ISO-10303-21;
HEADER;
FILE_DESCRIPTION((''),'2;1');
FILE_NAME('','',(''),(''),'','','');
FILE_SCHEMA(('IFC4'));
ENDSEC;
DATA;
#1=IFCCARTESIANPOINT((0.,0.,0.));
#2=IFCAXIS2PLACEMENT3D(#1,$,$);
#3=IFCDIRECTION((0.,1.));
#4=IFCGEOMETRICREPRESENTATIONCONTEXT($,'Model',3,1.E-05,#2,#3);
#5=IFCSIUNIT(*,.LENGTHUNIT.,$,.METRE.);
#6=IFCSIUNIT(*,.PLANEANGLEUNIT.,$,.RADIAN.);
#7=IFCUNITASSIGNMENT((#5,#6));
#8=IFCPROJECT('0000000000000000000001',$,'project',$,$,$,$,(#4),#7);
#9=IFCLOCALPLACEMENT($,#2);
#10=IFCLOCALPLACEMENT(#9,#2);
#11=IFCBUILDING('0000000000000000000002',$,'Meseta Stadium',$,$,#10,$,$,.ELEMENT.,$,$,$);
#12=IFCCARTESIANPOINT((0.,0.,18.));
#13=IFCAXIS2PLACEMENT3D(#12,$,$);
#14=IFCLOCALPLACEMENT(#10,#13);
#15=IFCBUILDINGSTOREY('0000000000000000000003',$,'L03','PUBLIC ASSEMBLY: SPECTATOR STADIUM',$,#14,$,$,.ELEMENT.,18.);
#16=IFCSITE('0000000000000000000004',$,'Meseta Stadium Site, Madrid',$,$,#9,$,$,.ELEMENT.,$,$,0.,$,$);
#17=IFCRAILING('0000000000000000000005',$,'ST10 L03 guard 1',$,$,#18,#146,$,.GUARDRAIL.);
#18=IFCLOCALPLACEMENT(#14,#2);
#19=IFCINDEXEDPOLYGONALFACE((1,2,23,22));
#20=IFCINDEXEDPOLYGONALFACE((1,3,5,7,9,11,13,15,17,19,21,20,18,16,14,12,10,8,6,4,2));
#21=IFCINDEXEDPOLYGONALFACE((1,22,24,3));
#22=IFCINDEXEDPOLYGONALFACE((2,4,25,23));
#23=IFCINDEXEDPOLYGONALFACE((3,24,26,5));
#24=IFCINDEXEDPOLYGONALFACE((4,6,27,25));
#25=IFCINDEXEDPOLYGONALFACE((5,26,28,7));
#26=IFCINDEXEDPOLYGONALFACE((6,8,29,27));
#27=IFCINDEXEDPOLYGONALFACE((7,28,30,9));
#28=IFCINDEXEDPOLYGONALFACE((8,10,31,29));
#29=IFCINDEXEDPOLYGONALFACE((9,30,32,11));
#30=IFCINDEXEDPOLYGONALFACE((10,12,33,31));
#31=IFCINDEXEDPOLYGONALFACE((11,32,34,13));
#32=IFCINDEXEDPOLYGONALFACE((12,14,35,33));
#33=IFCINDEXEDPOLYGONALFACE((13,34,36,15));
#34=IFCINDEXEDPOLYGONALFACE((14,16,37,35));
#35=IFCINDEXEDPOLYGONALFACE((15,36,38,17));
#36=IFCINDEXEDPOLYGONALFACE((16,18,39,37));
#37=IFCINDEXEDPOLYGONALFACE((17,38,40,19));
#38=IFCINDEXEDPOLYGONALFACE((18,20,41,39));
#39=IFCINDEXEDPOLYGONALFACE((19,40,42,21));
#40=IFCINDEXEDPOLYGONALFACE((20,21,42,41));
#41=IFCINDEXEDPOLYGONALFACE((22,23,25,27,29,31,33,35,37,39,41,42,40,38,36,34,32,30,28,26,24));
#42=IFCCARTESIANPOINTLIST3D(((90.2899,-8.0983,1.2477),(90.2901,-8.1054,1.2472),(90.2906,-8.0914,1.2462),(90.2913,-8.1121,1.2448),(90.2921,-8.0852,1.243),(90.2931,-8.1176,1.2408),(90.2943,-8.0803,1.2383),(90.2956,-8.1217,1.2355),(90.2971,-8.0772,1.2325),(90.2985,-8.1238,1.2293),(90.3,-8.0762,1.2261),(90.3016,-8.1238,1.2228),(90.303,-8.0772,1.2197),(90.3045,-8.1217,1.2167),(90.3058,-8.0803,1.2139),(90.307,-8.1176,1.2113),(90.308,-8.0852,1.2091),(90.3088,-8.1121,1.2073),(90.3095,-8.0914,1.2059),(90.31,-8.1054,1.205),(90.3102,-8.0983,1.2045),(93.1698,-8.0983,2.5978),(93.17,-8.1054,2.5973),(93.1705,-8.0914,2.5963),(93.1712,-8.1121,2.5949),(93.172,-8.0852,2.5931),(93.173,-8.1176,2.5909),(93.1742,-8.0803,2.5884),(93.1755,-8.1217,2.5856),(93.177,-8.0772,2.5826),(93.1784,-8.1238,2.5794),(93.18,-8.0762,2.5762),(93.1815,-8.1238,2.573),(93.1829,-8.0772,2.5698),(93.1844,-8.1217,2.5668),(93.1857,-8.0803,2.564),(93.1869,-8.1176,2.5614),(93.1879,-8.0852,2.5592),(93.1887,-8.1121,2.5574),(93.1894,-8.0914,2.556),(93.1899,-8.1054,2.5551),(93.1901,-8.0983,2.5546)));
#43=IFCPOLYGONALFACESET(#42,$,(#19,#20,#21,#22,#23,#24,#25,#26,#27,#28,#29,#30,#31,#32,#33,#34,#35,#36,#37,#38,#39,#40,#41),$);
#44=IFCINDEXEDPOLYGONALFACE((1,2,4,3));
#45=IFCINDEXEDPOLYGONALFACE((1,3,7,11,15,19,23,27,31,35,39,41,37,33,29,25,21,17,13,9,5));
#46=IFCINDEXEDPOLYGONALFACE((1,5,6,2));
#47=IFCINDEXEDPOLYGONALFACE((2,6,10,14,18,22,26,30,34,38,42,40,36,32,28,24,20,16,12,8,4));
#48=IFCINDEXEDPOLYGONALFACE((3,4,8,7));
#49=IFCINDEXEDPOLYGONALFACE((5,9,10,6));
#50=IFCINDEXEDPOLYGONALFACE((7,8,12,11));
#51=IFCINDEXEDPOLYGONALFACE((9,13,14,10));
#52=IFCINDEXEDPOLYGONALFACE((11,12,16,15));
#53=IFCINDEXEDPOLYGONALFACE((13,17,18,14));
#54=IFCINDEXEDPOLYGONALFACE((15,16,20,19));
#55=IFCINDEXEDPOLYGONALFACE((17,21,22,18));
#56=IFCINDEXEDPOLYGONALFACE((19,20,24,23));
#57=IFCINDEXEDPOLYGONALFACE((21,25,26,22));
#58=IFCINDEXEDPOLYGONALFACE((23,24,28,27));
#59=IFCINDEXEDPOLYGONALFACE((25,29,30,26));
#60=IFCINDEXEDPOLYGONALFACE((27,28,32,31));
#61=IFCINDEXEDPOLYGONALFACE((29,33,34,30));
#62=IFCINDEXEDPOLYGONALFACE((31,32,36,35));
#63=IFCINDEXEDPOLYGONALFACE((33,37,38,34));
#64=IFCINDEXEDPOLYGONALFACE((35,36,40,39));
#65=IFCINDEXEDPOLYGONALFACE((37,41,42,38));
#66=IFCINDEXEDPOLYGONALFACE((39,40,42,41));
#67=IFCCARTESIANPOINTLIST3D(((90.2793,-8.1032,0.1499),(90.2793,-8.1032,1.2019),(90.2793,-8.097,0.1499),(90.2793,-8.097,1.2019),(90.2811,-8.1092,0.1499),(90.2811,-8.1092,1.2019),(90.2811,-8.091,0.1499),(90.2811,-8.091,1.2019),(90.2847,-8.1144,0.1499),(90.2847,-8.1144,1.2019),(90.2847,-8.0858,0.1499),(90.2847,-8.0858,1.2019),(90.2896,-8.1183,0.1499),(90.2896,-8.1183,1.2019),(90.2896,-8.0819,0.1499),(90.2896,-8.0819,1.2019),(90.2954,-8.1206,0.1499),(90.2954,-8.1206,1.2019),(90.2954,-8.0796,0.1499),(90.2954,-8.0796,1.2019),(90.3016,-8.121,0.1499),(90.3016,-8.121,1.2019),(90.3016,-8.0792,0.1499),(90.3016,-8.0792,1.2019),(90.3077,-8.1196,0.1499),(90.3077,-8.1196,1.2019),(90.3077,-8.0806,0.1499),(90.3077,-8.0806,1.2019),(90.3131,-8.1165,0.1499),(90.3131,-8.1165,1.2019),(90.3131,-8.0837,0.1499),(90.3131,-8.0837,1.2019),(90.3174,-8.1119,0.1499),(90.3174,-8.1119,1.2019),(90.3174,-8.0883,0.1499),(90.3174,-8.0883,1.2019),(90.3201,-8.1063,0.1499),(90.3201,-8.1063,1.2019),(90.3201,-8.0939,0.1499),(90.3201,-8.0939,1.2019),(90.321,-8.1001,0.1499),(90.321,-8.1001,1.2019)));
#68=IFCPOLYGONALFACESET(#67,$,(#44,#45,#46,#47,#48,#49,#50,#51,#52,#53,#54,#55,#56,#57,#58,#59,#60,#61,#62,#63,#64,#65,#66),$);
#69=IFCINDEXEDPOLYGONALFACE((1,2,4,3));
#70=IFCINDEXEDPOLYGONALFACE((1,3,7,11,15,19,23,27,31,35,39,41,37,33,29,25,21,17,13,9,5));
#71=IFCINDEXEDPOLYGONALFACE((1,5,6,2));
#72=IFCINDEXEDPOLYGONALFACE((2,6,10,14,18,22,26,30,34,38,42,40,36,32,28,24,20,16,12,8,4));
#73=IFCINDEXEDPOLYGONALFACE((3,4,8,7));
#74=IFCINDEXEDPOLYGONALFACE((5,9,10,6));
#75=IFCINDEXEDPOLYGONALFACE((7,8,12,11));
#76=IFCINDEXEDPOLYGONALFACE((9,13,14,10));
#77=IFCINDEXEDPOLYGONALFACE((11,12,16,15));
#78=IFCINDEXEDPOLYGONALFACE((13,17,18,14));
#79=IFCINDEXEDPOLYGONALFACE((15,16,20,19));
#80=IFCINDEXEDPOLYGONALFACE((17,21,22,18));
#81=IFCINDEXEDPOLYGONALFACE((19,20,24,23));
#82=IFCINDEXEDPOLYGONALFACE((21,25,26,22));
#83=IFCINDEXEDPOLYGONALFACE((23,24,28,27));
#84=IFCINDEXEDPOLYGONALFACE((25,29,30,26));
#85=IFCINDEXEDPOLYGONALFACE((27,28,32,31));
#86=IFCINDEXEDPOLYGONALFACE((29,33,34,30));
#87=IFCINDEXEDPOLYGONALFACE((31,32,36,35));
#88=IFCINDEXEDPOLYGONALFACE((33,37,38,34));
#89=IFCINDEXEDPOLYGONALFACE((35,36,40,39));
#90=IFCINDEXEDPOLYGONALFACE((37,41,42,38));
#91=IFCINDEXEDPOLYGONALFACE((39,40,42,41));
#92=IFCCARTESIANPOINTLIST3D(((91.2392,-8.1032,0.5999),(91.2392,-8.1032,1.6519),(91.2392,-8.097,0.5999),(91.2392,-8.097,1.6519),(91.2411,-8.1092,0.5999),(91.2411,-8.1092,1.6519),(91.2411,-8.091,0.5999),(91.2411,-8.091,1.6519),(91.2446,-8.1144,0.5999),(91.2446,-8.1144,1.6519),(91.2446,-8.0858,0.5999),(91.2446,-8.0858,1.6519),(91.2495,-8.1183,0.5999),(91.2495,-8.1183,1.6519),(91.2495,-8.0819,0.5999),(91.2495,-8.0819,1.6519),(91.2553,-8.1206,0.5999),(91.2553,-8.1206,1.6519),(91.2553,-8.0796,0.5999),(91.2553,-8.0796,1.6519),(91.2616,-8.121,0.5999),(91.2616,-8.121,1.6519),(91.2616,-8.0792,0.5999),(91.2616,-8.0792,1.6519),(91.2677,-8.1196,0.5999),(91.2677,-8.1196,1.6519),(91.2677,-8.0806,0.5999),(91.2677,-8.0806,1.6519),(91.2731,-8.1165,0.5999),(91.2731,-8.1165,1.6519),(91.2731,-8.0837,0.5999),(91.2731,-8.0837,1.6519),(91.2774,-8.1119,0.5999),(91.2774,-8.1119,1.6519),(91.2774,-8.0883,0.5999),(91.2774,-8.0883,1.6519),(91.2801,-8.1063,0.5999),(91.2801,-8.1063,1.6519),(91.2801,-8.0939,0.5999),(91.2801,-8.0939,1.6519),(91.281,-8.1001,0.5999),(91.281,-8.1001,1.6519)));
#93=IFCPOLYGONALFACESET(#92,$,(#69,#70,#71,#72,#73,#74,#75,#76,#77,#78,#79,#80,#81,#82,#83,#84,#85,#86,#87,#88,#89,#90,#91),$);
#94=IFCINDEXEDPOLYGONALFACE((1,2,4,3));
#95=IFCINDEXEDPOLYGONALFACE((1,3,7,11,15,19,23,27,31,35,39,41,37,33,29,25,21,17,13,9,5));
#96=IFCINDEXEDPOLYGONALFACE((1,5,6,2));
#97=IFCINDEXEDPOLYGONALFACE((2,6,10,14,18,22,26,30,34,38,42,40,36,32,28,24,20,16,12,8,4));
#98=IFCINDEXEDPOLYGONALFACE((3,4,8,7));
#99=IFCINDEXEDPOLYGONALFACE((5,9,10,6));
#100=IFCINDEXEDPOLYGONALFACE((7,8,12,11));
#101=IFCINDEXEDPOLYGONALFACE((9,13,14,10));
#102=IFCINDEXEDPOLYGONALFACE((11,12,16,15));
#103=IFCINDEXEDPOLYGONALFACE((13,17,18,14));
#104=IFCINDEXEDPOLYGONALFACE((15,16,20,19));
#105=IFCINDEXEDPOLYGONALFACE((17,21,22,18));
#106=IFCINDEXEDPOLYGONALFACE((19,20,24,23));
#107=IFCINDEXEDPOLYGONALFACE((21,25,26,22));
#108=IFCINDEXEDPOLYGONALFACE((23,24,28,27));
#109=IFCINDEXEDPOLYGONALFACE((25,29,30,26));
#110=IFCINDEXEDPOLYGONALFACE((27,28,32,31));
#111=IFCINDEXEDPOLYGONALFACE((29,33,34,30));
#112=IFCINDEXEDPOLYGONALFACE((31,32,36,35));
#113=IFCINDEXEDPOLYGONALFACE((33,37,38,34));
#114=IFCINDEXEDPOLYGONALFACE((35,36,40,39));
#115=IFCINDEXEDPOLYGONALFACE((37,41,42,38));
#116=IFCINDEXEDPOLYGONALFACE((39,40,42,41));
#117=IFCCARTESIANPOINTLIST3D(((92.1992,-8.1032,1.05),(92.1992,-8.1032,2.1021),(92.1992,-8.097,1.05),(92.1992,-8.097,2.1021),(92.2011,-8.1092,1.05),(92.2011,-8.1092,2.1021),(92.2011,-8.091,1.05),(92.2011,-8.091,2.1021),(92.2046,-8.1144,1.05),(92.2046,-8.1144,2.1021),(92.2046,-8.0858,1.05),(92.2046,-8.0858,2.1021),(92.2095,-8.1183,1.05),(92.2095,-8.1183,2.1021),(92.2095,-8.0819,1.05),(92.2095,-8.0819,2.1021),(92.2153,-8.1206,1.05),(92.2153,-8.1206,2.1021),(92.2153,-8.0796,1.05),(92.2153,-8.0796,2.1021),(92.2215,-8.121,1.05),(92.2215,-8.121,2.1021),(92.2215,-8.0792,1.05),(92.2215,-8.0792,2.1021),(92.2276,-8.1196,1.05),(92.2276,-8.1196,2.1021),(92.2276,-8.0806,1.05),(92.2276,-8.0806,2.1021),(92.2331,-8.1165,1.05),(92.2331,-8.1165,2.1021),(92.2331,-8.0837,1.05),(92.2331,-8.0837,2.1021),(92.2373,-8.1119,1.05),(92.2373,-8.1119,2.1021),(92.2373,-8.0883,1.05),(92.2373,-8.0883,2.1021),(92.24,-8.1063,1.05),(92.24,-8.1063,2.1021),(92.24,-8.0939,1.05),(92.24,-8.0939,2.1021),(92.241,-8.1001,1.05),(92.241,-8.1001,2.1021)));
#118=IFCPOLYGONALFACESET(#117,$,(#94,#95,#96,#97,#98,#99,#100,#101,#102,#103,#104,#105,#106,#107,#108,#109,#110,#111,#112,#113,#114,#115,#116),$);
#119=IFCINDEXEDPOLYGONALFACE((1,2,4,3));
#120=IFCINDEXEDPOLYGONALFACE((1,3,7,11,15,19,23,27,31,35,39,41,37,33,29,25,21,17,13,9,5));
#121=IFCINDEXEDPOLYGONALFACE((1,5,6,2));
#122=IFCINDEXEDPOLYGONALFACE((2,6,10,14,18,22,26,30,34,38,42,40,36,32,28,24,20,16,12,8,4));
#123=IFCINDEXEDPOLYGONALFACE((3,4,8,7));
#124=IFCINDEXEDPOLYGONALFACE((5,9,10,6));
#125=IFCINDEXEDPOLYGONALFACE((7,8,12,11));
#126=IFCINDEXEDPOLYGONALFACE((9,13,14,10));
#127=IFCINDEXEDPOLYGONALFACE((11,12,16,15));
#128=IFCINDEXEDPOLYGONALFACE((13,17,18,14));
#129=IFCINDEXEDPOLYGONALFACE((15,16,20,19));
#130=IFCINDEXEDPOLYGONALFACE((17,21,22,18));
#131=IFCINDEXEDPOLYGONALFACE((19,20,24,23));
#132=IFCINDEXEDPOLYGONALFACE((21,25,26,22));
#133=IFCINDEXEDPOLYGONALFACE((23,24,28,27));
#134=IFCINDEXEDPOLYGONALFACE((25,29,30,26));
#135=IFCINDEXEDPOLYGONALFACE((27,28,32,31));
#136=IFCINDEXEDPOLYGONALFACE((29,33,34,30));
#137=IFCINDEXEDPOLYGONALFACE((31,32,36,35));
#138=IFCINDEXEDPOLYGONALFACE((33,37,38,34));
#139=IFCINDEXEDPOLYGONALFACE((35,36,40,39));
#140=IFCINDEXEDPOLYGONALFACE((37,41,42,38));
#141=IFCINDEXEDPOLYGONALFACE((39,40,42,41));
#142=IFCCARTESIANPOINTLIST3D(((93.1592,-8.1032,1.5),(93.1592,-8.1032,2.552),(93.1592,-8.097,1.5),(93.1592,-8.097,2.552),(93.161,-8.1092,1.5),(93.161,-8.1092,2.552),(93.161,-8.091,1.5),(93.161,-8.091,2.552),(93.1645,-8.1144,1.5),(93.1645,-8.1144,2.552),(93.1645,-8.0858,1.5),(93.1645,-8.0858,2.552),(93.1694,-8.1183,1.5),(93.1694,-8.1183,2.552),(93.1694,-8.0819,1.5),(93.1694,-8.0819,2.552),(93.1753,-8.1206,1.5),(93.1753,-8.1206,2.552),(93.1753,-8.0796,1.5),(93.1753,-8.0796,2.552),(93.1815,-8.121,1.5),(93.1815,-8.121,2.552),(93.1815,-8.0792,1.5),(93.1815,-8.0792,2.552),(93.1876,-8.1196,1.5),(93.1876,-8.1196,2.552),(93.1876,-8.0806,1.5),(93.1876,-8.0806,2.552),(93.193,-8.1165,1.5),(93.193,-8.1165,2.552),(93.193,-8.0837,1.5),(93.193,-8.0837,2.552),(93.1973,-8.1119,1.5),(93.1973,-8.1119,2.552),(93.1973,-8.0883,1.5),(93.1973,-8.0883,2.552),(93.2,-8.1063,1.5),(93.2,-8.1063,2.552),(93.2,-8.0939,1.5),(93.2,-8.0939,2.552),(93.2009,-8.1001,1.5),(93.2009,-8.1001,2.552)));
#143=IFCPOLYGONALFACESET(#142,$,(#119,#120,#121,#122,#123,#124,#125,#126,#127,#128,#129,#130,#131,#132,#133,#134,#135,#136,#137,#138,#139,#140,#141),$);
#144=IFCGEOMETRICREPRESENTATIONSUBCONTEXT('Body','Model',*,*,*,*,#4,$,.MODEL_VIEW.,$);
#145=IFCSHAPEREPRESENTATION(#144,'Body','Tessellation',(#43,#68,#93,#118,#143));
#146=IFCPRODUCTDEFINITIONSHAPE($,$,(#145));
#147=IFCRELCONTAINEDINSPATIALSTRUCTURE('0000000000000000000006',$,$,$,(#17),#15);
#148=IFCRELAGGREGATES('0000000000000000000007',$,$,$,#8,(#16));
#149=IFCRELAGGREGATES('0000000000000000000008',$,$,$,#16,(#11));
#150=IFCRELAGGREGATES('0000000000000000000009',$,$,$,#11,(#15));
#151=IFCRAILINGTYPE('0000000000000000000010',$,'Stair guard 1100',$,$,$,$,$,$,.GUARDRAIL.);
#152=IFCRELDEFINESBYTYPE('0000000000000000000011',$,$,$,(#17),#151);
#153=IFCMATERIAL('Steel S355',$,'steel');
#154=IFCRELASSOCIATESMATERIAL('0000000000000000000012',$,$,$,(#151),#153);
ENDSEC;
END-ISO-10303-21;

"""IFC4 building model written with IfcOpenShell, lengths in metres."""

from ifc_helpers import new_model, si_unit, direction, frame, origin, origin_2d, place, context, subcontext, project, spatial, circle, extrude, material, type_object, element, save


model = new_model("IFC4")

# Units and contexts
model_context = context("Model", 3, precision=1e-05, world=origin(), true_north=direction((0.0, 1.0)))
body_context = subcontext(model_context, "Body", "Model", "MODEL_VIEW")
ifc_project = project(units=[si_unit("LENGTHUNIT", "METRE"), si_unit("PLANEANGLEUNIT", "RADIAN")], contexts=[model_context])

# Site, building, storey
site_placement = place(None, origin())
site = spatial("IfcSite", under=ifc_project, at=site_placement, Name="Meseta Stadium Site, Madrid", CompositionType="ELEMENT", RefElevation=0.0)
building_placement = place(site_placement, origin())
building = spatial("IfcBuilding", under=site, at=building_placement, Name="Meseta Stadium", CompositionType="ELEMENT")
storey_placement = place(building_placement, frame((0.0, 0.0, 18.0)))
storey = spatial("IfcBuildingStorey", under=building, at=storey_placement, Name="L03", Description="PUBLIC ASSEMBLY: SPECTATOR STADIUM", CompositionType="ELEMENT", Elevation=18.0)

# Railing
ifc_material_1 = material(Name="Steel S355", Category="steel")
railing_type_1 = type_object("IfcRailingType", Name="Stair guard 1100", PredefinedType="GUARDRAIL", material=ifc_material_1)
railing_1_placement = place(storey_placement, frame((90.3, -8.1001, 0.1499)))
element("IfcRailing", 1, at=railing_1_placement, inside=storey, type_object=railing_type_1, Name="ST10 L03 guard 1", PredefinedType="GUARDRAIL", context=body_context, shape_type="SweptSolid", body=[
    extrude(circle(Radius=0.0239, at=origin_2d()), frame((0.0, 0.0, 1.0762), z_axis=(0.90544, 0.0, 0.424473), x_axis=(0.0, 1.0, 0.0)), (0.0, 0.0, 1.0), 3.1807),
    extrude(circle(Radius=0.021, at=origin_2d()), origin(), (0.0, 0.0, 1.0), 1.052),
    extrude(circle(Radius=0.021, at=origin_2d()), frame((0.96, 0.0, 0.45)), (0.0, 0.0, 1.0), 1.052),
    extrude(circle(Radius=0.021, at=origin_2d()), frame((1.9199, 0.0, 0.9001)), (0.0, 0.0, 1.0), 1.052),
    extrude(circle(Radius=0.021, at=origin_2d()), frame((2.8799, 0.0, 1.3501)), (0.0, 0.0, 1.0), 1.052),
])

save(model, "model.ifc")
